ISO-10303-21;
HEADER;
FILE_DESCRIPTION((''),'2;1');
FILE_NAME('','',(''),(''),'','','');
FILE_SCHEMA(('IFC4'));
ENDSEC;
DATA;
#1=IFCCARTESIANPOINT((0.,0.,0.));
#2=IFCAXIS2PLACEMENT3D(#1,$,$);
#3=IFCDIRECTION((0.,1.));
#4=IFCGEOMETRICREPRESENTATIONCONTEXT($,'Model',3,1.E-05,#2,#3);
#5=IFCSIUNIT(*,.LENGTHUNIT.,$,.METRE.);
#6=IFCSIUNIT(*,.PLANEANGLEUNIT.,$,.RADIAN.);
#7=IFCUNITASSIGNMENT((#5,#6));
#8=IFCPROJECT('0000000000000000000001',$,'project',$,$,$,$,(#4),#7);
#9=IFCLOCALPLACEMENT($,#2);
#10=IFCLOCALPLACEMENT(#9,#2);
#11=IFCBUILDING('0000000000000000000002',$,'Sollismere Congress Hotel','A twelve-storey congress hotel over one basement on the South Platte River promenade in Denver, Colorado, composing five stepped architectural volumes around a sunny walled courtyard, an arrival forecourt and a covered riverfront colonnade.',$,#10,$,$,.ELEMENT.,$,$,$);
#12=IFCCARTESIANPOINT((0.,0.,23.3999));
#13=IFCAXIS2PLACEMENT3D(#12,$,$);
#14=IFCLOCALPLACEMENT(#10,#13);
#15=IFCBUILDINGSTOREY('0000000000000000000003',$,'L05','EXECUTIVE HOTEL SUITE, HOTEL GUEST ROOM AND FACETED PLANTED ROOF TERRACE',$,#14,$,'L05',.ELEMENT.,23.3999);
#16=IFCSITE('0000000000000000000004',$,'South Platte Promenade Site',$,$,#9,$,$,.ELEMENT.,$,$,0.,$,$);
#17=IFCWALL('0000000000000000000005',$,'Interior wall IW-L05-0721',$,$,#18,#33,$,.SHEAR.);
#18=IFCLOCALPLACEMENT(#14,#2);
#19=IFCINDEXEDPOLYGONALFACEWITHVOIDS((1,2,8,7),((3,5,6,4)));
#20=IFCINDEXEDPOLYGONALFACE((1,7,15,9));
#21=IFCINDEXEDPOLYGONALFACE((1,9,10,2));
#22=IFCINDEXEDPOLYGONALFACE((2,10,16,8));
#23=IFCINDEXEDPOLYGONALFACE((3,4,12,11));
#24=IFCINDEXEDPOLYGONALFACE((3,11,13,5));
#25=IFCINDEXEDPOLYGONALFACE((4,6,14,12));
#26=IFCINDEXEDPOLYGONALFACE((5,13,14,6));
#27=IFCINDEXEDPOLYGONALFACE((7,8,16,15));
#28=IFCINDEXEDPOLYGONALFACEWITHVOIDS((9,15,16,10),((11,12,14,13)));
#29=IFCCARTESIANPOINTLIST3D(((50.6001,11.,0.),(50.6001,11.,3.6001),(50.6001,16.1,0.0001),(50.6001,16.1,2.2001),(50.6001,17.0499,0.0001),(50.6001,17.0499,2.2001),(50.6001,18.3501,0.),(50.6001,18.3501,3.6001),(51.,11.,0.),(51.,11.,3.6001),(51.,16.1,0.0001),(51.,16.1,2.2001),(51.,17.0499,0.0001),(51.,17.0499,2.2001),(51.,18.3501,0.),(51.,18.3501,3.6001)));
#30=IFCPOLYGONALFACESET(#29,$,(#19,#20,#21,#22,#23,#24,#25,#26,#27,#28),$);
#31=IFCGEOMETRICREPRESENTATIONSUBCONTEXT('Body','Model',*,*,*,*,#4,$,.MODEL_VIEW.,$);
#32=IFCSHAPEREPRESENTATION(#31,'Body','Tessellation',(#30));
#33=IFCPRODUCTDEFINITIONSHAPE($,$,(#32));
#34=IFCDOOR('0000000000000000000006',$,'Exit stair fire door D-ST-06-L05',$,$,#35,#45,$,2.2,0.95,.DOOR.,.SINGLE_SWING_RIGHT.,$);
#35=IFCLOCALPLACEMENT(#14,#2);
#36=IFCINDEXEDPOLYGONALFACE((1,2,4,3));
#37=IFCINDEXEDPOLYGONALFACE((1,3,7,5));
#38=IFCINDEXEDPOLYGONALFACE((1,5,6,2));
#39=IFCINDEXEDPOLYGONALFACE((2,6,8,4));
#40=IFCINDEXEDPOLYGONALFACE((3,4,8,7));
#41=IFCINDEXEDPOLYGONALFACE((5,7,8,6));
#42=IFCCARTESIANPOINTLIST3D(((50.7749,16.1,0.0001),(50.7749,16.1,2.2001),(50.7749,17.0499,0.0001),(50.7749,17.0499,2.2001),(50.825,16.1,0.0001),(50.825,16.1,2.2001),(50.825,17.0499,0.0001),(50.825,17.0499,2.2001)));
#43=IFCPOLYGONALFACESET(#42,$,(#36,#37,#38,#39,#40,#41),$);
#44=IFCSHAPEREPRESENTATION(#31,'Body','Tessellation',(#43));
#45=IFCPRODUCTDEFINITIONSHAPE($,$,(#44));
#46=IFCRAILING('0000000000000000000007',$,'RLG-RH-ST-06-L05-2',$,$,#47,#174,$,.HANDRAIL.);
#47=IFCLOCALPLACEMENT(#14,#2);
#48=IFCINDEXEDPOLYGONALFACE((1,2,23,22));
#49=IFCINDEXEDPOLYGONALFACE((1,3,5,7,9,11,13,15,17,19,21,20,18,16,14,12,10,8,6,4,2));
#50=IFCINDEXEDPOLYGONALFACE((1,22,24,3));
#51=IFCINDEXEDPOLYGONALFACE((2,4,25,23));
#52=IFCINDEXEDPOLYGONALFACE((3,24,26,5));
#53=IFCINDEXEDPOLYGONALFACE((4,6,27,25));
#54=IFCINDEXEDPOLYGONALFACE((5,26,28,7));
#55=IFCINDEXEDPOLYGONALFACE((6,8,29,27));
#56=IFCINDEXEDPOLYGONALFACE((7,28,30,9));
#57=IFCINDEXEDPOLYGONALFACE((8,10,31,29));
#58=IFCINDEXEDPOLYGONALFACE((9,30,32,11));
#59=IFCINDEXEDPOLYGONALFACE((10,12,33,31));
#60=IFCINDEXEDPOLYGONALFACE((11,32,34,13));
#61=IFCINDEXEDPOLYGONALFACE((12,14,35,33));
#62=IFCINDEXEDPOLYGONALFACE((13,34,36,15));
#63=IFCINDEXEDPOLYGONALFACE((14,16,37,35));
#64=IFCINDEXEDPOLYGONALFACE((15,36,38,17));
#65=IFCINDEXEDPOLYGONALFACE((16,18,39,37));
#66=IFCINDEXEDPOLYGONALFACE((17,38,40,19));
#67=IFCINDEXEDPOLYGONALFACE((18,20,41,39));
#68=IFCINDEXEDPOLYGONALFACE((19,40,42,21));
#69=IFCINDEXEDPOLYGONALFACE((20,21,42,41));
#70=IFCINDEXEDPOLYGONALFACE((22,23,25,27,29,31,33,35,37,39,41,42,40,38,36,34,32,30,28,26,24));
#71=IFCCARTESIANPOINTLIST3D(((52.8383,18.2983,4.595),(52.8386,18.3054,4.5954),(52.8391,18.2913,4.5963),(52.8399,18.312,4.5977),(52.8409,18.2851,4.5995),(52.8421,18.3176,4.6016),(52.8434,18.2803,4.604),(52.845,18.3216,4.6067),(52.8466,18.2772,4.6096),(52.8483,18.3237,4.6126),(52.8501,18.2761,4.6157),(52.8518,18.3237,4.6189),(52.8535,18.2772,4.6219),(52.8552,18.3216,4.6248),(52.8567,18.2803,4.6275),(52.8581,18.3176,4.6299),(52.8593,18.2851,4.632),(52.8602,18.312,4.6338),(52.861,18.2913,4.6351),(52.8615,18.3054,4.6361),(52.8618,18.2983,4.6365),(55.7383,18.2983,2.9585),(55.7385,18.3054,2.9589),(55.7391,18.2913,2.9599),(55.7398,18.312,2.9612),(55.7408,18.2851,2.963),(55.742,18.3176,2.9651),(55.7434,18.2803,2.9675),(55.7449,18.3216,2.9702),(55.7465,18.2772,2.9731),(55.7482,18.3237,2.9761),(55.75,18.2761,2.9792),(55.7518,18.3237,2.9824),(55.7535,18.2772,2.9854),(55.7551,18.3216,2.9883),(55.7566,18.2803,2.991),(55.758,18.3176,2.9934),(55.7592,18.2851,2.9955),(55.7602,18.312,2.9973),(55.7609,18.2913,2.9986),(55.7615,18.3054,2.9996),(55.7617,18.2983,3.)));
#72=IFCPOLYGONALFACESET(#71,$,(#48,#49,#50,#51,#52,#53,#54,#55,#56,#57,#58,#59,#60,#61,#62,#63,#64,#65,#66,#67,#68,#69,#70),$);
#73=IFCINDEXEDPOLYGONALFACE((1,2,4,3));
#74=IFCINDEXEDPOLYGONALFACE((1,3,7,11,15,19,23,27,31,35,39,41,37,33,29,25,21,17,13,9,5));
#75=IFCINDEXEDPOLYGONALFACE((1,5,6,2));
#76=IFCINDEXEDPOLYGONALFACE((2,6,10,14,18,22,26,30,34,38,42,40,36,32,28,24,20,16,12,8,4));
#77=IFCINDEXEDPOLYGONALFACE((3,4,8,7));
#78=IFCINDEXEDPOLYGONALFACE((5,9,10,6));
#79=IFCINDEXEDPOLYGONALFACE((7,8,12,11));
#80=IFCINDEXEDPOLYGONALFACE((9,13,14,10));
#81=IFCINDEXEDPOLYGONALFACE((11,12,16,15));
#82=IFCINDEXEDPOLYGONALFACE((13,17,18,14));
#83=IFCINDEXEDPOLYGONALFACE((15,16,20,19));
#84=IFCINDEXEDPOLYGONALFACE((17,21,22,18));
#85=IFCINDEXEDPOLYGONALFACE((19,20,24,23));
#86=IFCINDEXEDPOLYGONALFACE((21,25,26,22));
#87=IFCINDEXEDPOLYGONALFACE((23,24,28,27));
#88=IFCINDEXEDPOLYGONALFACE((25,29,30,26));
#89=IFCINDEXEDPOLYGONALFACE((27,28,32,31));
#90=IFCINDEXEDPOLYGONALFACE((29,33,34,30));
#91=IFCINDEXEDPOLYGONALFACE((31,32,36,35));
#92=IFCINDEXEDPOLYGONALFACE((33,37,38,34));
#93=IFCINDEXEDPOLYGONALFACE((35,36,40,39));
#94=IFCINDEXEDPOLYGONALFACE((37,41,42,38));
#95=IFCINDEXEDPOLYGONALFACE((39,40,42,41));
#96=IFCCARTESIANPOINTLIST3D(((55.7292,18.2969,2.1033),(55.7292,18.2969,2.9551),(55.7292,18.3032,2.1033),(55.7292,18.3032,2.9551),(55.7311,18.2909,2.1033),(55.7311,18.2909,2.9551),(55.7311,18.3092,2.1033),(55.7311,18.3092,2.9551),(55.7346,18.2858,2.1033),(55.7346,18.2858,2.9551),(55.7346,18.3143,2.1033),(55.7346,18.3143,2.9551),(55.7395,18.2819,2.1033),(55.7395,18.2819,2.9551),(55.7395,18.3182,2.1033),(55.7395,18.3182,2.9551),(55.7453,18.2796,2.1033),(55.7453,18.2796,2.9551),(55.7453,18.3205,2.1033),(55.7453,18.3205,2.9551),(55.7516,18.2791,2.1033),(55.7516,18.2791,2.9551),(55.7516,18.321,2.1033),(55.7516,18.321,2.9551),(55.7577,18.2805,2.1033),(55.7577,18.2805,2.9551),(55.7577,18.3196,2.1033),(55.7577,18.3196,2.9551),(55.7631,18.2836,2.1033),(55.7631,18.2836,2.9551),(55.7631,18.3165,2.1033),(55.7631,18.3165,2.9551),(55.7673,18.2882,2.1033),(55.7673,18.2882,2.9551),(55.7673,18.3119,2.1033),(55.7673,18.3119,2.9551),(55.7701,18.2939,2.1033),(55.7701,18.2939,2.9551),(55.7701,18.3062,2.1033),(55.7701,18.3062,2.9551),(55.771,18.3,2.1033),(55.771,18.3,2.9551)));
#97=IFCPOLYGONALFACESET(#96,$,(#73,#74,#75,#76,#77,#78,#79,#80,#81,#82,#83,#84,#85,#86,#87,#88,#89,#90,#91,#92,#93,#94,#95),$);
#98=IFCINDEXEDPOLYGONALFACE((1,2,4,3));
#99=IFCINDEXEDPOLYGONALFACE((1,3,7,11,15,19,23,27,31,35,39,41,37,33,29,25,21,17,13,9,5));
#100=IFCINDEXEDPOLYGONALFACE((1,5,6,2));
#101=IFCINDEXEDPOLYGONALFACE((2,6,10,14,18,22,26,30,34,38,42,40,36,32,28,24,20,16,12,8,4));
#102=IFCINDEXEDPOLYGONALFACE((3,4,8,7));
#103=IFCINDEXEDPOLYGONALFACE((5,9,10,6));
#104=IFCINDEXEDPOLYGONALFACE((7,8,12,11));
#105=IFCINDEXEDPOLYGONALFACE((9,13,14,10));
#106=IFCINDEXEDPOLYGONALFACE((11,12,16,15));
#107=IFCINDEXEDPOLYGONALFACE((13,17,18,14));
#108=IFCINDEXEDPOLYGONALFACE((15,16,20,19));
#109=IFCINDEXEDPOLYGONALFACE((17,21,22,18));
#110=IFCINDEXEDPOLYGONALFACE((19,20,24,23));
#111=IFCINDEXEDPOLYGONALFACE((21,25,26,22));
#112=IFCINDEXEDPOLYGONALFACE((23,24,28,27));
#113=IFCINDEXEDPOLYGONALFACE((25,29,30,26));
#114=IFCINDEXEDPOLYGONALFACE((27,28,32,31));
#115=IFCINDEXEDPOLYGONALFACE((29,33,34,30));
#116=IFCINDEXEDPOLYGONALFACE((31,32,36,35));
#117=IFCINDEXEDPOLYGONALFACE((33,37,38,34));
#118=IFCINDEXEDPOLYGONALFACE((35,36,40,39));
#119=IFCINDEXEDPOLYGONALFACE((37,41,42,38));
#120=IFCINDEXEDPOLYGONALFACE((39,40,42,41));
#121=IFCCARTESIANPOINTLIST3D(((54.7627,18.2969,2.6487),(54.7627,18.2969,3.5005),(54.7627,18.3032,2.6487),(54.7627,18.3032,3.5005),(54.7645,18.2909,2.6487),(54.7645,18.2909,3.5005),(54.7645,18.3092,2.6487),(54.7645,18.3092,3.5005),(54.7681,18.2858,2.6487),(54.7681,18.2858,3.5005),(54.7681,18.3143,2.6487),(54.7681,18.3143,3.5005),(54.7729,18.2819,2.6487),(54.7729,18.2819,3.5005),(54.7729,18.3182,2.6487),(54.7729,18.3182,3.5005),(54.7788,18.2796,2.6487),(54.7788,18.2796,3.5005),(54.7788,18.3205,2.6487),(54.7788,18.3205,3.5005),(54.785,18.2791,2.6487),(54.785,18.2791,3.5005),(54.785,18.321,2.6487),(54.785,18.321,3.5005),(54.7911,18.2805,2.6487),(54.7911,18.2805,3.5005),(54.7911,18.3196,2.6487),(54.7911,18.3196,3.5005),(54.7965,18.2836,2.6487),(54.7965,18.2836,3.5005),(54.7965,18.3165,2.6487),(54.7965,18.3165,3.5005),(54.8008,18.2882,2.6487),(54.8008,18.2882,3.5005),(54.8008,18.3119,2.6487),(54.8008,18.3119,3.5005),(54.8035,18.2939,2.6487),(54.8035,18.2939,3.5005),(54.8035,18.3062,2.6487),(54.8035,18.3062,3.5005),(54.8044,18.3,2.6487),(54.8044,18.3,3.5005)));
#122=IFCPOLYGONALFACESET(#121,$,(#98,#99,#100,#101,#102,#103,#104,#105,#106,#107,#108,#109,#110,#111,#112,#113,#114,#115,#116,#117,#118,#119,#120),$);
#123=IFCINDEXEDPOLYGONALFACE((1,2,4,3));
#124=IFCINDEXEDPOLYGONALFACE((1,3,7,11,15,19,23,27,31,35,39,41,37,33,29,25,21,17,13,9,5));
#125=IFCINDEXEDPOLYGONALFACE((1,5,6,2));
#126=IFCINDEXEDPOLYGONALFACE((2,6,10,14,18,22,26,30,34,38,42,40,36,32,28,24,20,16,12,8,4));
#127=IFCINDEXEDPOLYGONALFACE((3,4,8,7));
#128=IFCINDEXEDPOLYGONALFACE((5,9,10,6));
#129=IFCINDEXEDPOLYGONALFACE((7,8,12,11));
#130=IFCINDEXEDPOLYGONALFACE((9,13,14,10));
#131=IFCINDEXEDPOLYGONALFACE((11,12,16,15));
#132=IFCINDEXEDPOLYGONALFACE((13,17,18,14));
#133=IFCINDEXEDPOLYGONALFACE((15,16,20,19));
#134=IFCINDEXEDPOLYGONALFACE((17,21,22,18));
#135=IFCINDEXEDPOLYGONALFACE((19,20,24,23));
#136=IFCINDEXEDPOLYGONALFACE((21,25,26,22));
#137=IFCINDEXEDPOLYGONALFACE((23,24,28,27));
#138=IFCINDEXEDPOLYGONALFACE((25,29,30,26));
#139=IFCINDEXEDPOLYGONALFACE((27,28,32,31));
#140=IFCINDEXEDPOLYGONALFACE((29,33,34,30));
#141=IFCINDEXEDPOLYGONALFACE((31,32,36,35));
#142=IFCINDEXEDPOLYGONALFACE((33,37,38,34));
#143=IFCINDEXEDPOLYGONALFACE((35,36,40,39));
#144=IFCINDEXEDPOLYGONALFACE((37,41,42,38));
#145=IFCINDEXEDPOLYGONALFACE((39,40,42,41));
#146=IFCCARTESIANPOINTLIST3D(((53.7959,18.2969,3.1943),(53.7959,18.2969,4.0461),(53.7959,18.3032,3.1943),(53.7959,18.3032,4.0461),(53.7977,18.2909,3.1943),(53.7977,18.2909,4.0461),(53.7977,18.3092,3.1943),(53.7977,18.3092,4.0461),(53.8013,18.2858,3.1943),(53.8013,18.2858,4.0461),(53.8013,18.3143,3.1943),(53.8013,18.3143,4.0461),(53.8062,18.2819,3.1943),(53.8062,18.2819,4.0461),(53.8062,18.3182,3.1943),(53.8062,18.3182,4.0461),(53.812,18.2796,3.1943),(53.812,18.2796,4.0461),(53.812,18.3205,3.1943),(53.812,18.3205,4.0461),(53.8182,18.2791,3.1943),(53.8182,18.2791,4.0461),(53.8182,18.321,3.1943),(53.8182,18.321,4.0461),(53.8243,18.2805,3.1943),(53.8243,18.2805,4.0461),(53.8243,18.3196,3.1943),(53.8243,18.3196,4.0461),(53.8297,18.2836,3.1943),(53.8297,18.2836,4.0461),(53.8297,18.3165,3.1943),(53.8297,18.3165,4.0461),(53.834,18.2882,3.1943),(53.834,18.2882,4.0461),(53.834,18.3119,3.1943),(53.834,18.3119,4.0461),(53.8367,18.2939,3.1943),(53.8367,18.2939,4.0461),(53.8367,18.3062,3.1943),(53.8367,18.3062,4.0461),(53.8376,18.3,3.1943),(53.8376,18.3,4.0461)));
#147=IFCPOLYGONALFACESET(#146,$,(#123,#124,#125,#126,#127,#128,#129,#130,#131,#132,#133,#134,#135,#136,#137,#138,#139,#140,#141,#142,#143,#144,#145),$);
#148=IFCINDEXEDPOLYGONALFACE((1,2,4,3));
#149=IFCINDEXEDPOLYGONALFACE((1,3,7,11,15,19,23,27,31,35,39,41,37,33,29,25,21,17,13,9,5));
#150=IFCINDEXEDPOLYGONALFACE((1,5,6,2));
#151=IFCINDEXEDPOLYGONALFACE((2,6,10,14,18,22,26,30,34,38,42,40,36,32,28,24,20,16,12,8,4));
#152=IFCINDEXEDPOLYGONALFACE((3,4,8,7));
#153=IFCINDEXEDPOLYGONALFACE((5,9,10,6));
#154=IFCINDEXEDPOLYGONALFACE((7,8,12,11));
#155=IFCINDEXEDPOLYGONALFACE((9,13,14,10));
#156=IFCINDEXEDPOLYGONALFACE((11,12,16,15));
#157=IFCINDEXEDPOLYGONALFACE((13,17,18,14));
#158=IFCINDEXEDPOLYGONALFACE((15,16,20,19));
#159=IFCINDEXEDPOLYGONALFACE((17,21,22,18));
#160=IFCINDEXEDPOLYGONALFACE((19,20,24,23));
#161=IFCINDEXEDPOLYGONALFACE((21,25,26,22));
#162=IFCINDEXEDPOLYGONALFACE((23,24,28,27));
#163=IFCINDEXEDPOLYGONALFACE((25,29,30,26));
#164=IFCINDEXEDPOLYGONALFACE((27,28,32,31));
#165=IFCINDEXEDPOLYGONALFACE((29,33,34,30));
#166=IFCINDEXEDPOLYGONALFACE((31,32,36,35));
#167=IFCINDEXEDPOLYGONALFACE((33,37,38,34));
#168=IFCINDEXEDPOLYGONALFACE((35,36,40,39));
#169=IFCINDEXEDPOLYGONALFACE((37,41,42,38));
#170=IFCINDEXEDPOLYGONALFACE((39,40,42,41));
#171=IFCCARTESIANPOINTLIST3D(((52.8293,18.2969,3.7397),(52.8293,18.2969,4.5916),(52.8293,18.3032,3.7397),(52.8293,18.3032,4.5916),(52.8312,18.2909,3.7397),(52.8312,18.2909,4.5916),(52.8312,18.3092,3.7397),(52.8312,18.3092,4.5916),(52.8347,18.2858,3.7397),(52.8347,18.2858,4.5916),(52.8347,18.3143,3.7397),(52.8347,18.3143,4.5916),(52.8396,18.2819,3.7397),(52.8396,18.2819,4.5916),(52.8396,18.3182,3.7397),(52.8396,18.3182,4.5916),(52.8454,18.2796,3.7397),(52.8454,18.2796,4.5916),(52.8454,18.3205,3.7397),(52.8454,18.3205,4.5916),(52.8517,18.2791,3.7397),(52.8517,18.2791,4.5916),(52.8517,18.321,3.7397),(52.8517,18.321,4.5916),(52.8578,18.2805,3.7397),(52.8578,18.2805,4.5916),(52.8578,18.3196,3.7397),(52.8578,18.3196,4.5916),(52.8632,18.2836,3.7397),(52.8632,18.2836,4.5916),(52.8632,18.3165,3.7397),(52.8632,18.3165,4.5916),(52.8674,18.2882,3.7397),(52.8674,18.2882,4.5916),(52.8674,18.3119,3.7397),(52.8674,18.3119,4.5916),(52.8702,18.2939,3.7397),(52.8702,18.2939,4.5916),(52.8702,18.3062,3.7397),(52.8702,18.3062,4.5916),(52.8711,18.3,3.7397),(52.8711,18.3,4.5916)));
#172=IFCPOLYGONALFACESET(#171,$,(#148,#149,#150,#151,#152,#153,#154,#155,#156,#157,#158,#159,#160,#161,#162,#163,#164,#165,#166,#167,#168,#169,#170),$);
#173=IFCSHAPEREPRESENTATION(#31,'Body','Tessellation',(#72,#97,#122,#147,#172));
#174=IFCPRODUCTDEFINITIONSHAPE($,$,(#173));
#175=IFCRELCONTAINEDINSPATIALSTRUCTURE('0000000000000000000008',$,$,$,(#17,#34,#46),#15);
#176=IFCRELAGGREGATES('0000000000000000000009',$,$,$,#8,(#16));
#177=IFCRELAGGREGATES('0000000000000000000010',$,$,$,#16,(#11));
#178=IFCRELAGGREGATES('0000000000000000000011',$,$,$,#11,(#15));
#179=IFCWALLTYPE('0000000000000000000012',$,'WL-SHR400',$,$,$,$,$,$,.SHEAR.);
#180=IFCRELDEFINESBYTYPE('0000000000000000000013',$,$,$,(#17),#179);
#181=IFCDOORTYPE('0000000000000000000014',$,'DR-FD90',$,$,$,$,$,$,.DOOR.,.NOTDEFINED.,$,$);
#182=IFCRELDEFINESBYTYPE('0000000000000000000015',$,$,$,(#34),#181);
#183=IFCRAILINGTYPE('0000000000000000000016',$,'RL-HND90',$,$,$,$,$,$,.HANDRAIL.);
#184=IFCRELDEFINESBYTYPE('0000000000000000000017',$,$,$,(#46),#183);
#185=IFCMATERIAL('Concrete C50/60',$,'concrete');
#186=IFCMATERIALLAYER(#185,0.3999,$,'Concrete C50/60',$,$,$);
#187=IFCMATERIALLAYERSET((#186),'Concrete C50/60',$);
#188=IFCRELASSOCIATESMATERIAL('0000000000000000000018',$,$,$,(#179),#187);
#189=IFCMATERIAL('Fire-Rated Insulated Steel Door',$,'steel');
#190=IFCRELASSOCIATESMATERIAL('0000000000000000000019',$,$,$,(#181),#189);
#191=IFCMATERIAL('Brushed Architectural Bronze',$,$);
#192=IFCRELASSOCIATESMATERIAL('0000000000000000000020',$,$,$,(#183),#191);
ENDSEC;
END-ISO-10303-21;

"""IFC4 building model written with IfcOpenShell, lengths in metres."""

from ifc_helpers import new_model, si_unit, direction, frame, frame_2d, origin, origin_2d, place, context, subcontext, project, spatial, rectangle, circle, extrude, material, layer, layer_set, type_object, element, fill, save


model = new_model("IFC4")

# Units and contexts
model_context = context("Model", 3, precision=1e-05, world=origin(), true_north=direction((0.0, 1.0)))
body_context = subcontext(model_context, "Body", "Model", "MODEL_VIEW")
ifc_project = project(units=[si_unit("LENGTHUNIT", "METRE"), si_unit("PLANEANGLEUNIT", "RADIAN")], contexts=[model_context])

# Site, building, storey
site_placement = place(None, origin())
site = spatial("IfcSite", under=ifc_project, at=site_placement, Name="South Platte Promenade Site", CompositionType="ELEMENT", RefElevation=0.0)
building_placement = place(site_placement, origin())
building = spatial("IfcBuilding", under=site, at=building_placement, Name="Sollismere Congress Hotel", Description="A twelve-storey congress hotel over one basement on the South Platte River promenade in Denver, Colorado, composing five stepped architectural volumes around a sunny walled courtyard, an arrival forecourt and a covered riverfront colonnade.", CompositionType="ELEMENT")
storey_placement = place(building_placement, frame((0.0, 0.0, 23.3999)))
storey = spatial("IfcBuildingStorey", under=building, at=storey_placement, Name="L05", Description="EXECUTIVE HOTEL SUITE, HOTEL GUEST ROOM AND FACETED PLANTED ROOF TERRACE", LongName="L05", CompositionType="ELEMENT", Elevation=23.3999)

# Shared definitions
ifc_material_1 = material(Name="Concrete C50/60", Category="concrete")
ifc_layer_1 = layer(ifc_material_1, 0.3999, Name="Concrete C50/60")
ifc_layer_set_1 = layer_set([ifc_layer_1], Name="Concrete C50/60")
wall_type_1 = type_object("IfcWallType", Name="WL-SHR400", PredefinedType="SHEAR", material=ifc_layer_set_1)

# Wall, opening, door
wall_1_placement = place(storey_placement, frame((50.8, 18.3501, 0.0), z_axis=(0.0, 0.0, 1.0), x_axis=(0.0, -1.0, 0.0)))
wall_1 = element("IfcWall", 1, at=wall_1_placement, inside=storey, type_object=wall_type_1, Name="Interior wall IW-L05-0721", PredefinedType="SHEAR", context=body_context, shape_type="SweptSolid", body=[
    extrude(rectangle(XDim=7.3501, YDim=0.3999, at=frame_2d((3.675, 0.0))), origin(), (0.0, 0.0, 1.0), 3.6001),
])
opening_1_placement = place(wall_1_placement, frame((1.3, 0.0, 0.0)))
opening_1 = element("IfcOpeningElement", 2, at=opening_1_placement, cuts=wall_1, PredefinedType="OPENING", context=body_context, shape_type="SweptSolid", body=[
    extrude(rectangle(XDim=0.95, YDim=2.2, at=frame_2d((0.4751, 1.1001))), frame((0.0, 0.21, 0.0), z_axis=(0.0, -1.0, 0.0), x_axis=(1.0, 0.0, 0.0)), (0.0, 0.0, 1.0), 0.4199),
])
ifc_material_2 = material(Name="Fire-Rated Insulated Steel Door", Category="steel")
door_type = type_object("IfcDoorType", Name="DR-FD90", OperationType="NOTDEFINED", PredefinedType="DOOR", material=ifc_material_2)
door_placement = place(opening_1_placement, origin())
door = element("IfcDoor", 3, at=door_placement, inside=storey, type_object=door_type, Name="Exit stair fire door D-ST-06-L05", OperationType="SINGLE_SWING_RIGHT", OverallHeight=2.2, OverallWidth=0.95, PredefinedType="DOOR", context=body_context, shape_type="SweptSolid", body=[
    extrude(rectangle(XDim=0.95, YDim=2.2, at=frame_2d((0.4751, 1.1001))), frame((0.0, 0.0249, 0.0), z_axis=(0.0, -1.0, 0.0), x_axis=(1.0, 0.0, 0.0)), (0.0, 0.0, 1.0), 0.05),
])
fill(opening_1, door)

# Railing
ifc_material_3 = material(Name="Brushed Architectural Bronze")
railing_type = type_object("IfcRailingType", Name="RL-HND90", PredefinedType="HANDRAIL", material=ifc_material_3)
railing_placement = place(storey_placement, frame((55.75, 18.3, 2.1033)))
element("IfcRailing", 4, at=railing_placement, inside=storey, type_object=railing_type, Name="RLG-RH-ST-06-L05-2", PredefinedType="HANDRAIL", context=body_context, shape_type="SweptSolid", body=[
    extrude(circle(Radius=0.0239, at=origin_2d()), frame((0.0, 0.0, 0.876), z_axis=(-0.870897, 0.0, 0.491465), x_axis=(0.0, -1.0, 0.0)), (0.0, 0.0, 1.0), 3.3298),
    extrude(circle(Radius=0.021, at=origin_2d()), origin(), (0.0, 0.0, 1.0), 0.8518),
    extrude(circle(Radius=0.021, at=origin_2d()), frame((-0.9666, 0.0, 0.5454)), (0.0, 0.0, 1.0), 0.8518),
    extrude(circle(Radius=0.021, at=origin_2d()), frame((-1.9333, 0.0, 1.0911)), (0.0, 0.0, 1.0), 0.8518),
    extrude(circle(Radius=0.021, at=origin_2d()), frame((-2.8999, 0.0, 1.6365)), (0.0, 0.0, 1.0), 0.8518),
])

save(model, "model.ifc")
